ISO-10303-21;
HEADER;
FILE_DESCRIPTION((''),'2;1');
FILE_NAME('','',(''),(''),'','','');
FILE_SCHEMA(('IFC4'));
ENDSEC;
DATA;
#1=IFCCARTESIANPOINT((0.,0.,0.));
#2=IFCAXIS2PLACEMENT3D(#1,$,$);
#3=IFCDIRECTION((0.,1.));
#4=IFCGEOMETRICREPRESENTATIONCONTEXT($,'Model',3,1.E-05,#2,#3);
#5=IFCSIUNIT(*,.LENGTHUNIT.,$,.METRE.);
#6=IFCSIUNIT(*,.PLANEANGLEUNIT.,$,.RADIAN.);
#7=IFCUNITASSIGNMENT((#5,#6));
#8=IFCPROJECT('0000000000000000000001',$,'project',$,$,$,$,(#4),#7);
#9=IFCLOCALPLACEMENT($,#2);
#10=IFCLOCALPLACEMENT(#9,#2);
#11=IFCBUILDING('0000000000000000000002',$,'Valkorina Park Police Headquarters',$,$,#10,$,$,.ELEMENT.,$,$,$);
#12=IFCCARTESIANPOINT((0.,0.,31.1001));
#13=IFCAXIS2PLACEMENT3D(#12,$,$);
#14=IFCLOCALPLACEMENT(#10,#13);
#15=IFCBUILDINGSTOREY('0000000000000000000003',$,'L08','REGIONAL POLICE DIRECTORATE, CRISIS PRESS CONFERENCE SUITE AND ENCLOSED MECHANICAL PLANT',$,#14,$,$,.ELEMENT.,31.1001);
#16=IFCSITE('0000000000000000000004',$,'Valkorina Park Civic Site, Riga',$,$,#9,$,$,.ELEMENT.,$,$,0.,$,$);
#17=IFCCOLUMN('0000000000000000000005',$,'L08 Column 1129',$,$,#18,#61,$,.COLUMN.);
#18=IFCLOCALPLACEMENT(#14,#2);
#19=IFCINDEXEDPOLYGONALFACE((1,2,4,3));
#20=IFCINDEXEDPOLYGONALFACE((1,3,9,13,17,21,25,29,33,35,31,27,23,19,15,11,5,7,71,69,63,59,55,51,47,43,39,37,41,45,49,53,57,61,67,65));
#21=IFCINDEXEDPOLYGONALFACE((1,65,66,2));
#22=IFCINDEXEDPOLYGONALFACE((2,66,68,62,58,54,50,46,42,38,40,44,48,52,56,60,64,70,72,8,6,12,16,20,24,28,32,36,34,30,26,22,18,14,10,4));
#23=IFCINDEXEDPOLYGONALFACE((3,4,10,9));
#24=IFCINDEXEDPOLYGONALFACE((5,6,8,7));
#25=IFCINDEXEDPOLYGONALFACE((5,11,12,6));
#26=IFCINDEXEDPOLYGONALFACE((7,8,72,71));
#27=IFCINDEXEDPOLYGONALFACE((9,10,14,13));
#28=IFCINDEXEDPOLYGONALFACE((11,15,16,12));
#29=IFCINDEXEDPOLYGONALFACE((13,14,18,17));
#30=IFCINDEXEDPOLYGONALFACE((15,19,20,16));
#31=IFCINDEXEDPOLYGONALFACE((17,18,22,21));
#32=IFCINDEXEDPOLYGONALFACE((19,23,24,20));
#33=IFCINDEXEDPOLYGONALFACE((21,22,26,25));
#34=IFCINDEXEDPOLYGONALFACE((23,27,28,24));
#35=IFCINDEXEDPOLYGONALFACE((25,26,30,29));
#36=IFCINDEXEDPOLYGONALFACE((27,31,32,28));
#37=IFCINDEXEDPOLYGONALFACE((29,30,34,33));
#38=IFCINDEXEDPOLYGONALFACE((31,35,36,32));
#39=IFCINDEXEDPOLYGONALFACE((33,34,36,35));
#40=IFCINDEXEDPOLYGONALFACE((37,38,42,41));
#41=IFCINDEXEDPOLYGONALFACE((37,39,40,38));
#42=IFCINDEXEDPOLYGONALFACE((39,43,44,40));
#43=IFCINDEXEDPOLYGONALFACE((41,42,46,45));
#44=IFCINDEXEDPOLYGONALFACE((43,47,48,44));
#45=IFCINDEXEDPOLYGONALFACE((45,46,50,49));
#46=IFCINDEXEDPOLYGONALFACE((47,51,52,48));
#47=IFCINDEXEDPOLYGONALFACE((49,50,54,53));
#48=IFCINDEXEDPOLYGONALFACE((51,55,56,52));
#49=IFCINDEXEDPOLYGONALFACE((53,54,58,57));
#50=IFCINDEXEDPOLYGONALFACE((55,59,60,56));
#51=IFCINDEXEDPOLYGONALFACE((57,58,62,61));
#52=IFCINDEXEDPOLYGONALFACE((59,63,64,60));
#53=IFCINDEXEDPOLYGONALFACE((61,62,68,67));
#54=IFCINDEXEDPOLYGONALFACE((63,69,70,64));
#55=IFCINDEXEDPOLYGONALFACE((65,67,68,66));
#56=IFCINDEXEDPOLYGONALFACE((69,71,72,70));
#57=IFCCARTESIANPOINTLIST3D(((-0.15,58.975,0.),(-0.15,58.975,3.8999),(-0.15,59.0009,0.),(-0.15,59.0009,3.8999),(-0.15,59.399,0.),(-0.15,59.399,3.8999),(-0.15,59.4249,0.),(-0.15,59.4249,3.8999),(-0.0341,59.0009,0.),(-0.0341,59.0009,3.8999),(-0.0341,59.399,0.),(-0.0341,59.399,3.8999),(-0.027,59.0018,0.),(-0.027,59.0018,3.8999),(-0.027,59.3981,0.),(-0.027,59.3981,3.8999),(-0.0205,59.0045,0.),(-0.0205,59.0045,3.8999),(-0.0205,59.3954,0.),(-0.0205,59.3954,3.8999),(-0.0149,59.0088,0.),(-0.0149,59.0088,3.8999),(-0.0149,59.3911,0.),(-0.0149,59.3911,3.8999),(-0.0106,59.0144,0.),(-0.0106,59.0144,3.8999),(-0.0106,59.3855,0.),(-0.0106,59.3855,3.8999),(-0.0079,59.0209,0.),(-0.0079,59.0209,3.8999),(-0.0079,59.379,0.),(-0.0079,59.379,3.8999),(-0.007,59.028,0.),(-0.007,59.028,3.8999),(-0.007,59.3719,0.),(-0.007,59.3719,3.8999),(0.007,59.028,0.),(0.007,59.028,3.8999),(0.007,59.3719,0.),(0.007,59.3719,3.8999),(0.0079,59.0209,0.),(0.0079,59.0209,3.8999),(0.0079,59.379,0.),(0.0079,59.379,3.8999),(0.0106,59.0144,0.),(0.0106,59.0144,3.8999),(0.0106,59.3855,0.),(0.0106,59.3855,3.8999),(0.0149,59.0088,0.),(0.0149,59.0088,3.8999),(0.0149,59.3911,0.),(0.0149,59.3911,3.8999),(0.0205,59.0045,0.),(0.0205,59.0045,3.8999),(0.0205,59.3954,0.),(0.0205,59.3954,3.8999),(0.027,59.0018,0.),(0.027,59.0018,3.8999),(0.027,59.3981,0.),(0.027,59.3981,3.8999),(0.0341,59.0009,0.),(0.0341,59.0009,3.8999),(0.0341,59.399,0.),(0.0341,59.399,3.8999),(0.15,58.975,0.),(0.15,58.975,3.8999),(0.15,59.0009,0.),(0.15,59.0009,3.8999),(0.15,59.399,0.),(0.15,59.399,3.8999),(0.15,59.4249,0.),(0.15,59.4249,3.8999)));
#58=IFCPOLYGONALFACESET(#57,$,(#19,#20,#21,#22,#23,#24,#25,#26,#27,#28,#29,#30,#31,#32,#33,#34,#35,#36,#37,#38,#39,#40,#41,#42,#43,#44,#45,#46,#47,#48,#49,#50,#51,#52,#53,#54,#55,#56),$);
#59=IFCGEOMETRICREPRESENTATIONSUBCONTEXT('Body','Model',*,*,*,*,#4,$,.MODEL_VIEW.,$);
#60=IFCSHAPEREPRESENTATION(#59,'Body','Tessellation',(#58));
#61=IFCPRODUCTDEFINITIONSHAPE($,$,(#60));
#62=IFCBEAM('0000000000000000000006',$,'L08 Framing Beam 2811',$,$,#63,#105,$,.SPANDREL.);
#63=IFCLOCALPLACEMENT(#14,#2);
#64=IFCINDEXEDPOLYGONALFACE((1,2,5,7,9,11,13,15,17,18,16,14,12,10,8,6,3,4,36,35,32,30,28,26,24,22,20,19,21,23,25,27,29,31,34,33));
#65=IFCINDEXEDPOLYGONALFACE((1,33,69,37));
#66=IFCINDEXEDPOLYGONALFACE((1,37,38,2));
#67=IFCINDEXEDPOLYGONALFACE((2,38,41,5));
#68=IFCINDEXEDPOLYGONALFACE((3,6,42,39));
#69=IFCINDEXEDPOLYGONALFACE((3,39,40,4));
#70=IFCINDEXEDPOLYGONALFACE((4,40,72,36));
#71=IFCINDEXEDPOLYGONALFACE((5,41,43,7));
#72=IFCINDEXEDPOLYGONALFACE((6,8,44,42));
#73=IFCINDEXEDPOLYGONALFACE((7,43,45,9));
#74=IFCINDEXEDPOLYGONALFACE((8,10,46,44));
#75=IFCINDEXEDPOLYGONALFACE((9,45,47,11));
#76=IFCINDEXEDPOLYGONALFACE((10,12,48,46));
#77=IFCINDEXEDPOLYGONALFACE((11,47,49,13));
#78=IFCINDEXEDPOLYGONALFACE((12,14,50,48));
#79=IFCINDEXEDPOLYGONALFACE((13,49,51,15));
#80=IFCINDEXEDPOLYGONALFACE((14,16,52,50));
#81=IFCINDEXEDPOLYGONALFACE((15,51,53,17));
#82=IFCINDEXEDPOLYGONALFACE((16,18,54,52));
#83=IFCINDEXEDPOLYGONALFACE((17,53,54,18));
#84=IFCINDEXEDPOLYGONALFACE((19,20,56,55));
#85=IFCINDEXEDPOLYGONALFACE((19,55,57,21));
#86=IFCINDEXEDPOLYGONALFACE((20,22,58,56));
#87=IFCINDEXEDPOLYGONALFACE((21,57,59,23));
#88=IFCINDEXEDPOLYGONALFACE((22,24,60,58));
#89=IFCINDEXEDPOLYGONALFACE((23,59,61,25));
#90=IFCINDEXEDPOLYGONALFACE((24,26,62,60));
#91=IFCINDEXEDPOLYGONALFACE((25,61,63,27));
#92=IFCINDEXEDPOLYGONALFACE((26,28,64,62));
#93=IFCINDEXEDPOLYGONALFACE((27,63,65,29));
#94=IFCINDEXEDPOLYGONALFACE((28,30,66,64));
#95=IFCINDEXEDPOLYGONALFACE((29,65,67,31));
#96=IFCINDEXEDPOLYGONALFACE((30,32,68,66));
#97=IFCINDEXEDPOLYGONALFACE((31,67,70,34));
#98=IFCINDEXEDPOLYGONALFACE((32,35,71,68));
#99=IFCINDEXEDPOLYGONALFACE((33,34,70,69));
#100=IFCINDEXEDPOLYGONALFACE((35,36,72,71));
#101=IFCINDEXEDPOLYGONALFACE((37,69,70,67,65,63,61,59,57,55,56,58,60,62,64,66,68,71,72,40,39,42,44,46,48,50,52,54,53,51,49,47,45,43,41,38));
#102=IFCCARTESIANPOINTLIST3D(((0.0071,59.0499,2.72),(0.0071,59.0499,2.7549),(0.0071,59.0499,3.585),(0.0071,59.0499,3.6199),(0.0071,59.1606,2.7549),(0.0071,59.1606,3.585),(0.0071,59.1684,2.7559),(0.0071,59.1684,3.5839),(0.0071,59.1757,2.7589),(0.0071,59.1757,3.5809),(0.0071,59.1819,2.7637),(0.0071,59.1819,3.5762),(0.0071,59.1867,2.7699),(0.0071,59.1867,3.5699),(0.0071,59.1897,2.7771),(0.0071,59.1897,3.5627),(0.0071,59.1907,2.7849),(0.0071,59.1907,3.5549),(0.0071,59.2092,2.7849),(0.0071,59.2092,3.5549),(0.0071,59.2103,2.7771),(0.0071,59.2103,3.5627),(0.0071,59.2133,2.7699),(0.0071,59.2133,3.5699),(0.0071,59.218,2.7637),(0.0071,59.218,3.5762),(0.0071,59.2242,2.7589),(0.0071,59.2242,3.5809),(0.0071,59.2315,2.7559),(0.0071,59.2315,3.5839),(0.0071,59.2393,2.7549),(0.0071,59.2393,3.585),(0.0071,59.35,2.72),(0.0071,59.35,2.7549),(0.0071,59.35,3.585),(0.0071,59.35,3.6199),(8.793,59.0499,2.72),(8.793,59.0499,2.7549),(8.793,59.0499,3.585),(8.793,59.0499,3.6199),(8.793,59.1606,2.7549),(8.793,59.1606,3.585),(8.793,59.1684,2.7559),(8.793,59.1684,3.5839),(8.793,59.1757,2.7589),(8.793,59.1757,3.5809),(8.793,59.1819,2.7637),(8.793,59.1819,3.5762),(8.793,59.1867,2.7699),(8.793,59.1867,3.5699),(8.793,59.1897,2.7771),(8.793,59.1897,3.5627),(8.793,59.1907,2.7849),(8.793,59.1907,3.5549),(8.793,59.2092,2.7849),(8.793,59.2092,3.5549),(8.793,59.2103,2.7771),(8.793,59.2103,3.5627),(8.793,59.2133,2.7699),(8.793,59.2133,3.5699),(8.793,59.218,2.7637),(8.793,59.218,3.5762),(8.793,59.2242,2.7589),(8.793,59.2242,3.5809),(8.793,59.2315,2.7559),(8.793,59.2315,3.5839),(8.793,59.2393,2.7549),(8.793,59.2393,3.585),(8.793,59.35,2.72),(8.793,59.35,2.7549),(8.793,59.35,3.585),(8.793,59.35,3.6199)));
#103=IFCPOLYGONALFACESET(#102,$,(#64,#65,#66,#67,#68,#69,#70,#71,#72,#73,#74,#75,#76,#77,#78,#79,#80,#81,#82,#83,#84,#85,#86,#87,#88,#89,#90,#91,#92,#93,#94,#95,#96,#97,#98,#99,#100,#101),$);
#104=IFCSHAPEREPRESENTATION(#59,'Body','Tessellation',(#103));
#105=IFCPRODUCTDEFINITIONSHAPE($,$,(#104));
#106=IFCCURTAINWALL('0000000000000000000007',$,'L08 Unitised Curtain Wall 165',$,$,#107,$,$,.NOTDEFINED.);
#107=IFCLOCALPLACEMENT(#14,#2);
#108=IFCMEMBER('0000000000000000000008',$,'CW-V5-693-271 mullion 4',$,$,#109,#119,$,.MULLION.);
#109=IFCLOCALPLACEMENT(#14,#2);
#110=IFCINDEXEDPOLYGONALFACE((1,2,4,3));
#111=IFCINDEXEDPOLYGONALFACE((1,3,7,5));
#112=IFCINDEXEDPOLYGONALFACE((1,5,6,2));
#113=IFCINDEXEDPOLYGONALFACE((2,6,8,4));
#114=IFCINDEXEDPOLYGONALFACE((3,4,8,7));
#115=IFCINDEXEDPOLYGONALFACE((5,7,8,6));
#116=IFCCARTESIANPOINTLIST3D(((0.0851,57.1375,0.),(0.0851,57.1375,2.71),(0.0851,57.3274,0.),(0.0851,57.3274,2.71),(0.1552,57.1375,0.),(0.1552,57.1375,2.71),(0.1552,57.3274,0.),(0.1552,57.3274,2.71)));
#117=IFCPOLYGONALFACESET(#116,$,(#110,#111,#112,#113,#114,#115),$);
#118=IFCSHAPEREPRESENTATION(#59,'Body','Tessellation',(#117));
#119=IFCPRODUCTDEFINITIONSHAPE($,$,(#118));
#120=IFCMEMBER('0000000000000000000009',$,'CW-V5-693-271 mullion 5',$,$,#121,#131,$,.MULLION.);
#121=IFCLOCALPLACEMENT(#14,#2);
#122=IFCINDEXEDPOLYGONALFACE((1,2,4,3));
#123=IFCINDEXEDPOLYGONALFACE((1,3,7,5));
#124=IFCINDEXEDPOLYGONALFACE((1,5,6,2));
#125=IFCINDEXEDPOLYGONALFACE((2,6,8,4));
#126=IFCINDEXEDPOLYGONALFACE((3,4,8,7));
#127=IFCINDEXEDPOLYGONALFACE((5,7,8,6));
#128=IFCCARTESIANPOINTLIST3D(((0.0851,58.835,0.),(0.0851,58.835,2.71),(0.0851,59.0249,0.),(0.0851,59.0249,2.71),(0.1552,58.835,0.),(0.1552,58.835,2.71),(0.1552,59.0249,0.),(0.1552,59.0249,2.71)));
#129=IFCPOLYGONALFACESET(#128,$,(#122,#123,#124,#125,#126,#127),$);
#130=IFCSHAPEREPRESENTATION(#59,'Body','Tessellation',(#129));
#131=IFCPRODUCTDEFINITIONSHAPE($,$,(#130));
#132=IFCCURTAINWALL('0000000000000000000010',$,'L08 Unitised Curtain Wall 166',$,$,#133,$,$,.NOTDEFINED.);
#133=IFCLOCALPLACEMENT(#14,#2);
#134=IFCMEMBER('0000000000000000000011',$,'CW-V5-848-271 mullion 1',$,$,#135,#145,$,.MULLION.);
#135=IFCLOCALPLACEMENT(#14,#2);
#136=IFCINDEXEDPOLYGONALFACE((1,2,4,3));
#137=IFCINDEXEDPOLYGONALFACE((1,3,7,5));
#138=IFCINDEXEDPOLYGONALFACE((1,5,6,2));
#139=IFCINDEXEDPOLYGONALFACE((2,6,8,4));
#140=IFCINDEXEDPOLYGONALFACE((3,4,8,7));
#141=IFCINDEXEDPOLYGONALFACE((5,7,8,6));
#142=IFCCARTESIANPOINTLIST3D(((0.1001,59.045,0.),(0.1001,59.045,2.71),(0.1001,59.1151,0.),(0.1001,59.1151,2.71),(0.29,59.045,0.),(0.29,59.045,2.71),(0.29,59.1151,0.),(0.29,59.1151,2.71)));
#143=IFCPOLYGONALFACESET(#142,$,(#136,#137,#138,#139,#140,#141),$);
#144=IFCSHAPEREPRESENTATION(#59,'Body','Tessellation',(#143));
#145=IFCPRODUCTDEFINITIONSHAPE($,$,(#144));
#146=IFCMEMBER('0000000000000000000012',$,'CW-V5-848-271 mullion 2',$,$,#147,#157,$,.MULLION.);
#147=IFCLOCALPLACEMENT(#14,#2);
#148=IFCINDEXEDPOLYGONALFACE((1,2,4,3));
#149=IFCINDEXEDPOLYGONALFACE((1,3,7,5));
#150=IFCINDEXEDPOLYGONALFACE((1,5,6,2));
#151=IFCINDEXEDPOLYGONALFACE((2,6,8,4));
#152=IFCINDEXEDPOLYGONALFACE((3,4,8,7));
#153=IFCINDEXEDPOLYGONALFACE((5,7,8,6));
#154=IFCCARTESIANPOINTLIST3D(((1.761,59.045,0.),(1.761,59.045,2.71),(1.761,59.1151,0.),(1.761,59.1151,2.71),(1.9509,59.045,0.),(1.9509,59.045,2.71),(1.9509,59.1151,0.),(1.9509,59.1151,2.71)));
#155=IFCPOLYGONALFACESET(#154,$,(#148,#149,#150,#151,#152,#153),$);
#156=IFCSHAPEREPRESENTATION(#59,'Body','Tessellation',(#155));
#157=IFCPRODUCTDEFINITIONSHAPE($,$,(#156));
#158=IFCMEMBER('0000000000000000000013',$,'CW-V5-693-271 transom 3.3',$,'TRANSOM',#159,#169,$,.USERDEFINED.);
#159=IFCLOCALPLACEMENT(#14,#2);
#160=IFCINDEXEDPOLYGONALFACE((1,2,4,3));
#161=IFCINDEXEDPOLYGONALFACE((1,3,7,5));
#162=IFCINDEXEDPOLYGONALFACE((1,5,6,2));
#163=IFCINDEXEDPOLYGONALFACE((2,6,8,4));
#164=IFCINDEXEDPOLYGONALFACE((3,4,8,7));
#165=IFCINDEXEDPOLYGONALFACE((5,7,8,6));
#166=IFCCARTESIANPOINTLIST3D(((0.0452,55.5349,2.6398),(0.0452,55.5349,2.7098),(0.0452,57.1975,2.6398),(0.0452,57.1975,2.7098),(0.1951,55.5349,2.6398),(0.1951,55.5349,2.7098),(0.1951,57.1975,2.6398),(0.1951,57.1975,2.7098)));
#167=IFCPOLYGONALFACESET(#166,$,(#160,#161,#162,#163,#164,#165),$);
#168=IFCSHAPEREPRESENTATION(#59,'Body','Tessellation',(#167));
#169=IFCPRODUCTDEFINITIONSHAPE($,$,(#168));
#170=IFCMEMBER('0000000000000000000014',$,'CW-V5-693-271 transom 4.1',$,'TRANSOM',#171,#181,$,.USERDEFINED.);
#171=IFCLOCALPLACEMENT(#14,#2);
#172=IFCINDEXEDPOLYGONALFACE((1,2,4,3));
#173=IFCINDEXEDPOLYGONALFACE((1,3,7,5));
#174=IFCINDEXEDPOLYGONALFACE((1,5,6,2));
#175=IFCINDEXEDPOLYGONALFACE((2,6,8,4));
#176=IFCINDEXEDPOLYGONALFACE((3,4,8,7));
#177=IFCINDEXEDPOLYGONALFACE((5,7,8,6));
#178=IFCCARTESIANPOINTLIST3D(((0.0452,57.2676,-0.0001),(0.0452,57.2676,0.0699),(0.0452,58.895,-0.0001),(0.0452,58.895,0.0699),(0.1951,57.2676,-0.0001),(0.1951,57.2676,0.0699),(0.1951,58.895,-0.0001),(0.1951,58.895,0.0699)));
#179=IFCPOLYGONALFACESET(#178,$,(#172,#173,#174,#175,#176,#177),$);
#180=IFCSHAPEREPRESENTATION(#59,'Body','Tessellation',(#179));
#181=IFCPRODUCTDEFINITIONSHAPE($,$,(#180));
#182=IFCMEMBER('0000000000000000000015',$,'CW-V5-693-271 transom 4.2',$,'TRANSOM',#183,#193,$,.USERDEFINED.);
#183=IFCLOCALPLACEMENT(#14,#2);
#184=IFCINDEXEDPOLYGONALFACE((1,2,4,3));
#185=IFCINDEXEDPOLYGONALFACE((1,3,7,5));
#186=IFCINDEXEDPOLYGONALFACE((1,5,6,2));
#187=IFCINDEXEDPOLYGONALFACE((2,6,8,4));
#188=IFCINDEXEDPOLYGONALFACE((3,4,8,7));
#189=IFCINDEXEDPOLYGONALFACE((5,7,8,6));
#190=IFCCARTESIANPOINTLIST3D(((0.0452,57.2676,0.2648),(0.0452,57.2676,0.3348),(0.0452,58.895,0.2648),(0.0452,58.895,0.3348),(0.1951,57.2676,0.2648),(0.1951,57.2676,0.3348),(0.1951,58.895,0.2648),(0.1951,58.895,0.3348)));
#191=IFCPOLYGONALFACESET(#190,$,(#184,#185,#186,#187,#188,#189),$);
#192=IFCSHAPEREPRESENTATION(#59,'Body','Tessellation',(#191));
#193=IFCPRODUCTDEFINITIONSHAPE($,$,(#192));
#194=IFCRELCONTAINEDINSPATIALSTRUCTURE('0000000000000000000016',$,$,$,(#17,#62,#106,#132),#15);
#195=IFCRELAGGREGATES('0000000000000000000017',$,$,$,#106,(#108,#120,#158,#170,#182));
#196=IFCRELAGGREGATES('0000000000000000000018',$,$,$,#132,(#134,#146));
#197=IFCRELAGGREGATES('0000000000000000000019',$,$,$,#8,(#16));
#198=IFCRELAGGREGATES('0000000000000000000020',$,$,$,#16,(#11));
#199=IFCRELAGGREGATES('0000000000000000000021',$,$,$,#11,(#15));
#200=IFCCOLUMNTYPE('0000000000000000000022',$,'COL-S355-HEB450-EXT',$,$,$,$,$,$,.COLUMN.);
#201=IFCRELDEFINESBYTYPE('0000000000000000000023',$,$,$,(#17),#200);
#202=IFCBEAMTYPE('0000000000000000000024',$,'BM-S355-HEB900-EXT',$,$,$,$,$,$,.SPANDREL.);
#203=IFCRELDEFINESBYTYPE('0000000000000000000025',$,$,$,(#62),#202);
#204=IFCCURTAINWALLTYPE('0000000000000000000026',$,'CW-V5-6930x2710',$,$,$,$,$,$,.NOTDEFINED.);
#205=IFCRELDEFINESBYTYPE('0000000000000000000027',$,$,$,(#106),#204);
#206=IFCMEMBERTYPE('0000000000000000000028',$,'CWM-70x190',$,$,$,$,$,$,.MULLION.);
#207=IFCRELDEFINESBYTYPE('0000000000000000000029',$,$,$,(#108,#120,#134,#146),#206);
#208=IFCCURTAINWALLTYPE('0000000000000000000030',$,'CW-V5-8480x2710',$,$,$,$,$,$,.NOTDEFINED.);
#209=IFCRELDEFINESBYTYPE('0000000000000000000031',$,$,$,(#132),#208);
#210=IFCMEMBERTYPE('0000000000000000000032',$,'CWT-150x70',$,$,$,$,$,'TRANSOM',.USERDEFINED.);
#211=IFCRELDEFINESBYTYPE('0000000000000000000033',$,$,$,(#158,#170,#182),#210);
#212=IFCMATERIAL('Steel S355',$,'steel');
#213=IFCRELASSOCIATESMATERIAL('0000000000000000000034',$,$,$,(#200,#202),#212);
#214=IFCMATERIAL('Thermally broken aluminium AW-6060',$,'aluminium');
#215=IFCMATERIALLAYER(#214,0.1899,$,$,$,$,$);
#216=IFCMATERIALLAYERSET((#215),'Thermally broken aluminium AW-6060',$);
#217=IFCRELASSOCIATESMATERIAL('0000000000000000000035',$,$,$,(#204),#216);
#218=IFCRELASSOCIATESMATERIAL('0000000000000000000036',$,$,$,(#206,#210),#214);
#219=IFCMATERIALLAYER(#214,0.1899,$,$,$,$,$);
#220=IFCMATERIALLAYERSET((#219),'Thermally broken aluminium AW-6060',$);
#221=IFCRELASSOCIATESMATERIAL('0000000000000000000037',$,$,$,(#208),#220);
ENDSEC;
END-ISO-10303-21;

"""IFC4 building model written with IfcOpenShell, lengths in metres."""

from ifc_helpers import new_model, si_unit, direction, frame, origin, origin_2d, place, context, subcontext, project, spatial, rectangle, i_section, extrude, material, layer, layer_set, material_profile, profile_set, type_object, element, aggregate, save


model = new_model("IFC4")

# Units and contexts
model_context = context("Model", 3, precision=1e-05, world=origin(), true_north=direction((0.0, 1.0)))
body_context = subcontext(model_context, "Body", "Model", "MODEL_VIEW")
ifc_project = project(units=[si_unit("LENGTHUNIT", "METRE"), si_unit("PLANEANGLEUNIT", "RADIAN")], contexts=[model_context])

# Site, building, storey
site_placement = place(None, origin())
site = spatial("IfcSite", under=ifc_project, at=site_placement, Name="Valkorina Park Civic Site, Riga", CompositionType="ELEMENT", RefElevation=0.0)
building_placement = place(site_placement, origin())
building = spatial("IfcBuilding", under=site, at=building_placement, Name="Valkorina Park Police Headquarters", CompositionType="ELEMENT")
storey_placement = place(building_placement, frame((0.0, 0.0, 31.1001)))
storey = spatial("IfcBuildingStorey", under=building, at=storey_placement, Name="L08", Description="REGIONAL POLICE DIRECTORATE, CRISIS PRESS CONFERENCE SUITE AND ENCLOSED MECHANICAL PLANT", CompositionType="ELEMENT", Elevation=31.1001)

# Column
ifc_material_1 = material(Name="Steel S355", Category="steel")
ifc_material_profile_1 = material_profile(ifc_material_1, i_section(OverallWidth=0.3, OverallDepth=0.45, WebThickness=0.0139, FlangeThickness=0.0259, FilletRadius=0.0271, at=origin_2d()), Name="HEB 450")
ifc_profile_set_1 = profile_set([ifc_material_profile_1], Name="Steel S355")
column_type = type_object("IfcColumnType", Name="COL-S355-HEB450-EXT", PredefinedType="COLUMN", material=ifc_profile_set_1)
column_placement = place(storey_placement, frame((0.0, 59.2, 0.0), z_axis=(0.0, 0.0, 1.0), x_axis=(1.0, 0.0, 0.0)))
element("IfcColumn", 1, at=column_placement, inside=storey, type_object=column_type, Name="L08 Column 1129", PredefinedType="COLUMN", context=body_context, shape_type="SweptSolid", body=[
    extrude(i_section(OverallWidth=0.3, OverallDepth=0.45, WebThickness=0.0139, FlangeThickness=0.0259, FilletRadius=0.0271, at=origin_2d()), origin(), (0.0, 0.0, 1.0), 3.8999),
])

# Beam
ifc_material_profile_2 = material_profile(ifc_material_1, i_section(OverallWidth=0.3, OverallDepth=0.8999, WebThickness=0.0186, FlangeThickness=0.0349, FilletRadius=0.03, at=origin_2d()), Name="HEB 900")
ifc_profile_set_2 = profile_set([ifc_material_profile_2], Name="Steel S355")
beam_type = type_object("IfcBeamType", Name="BM-S355-HEB900-EXT", PredefinedType="SPANDREL", material=ifc_profile_set_2)
beam_placement = place(storey_placement, frame((0.0071, 59.2, 3.1699), z_axis=(1.0, 0.0, 0.0), x_axis=(0.0, 1.0, 0.0)))
element("IfcBeam", 2, at=beam_placement, inside=storey, type_object=beam_type, Name="L08 Framing Beam 2811", PredefinedType="SPANDREL", context=body_context, shape_type="SweptSolid", body=[
    extrude(i_section(OverallWidth=0.3, OverallDepth=0.8999, WebThickness=0.0186, FlangeThickness=0.0349, FilletRadius=0.03, at=origin_2d()), origin(), (0.0, 0.0, 1.0), 8.7859),
])

# Curtain walls, members
ifc_material_2 = material(Name="Thermally broken aluminium AW-6060", Category="aluminium")
ifc_layer_1 = layer(ifc_material_2, 0.1899)
ifc_layer_set_1 = layer_set([ifc_layer_1], Name="Thermally broken aluminium AW-6060")
curtain_wall_type_1 = type_object("IfcCurtainWallType", Name="CW-V5-6930x2710", PredefinedType="NOTDEFINED", material=ifc_layer_set_1)
curtain_wall_1_placement = place(storey_placement, origin())
curtain_wall_1 = element("IfcCurtainWall", 3, at=curtain_wall_1_placement, inside=storey, type_object=curtain_wall_type_1, Name="L08 Unitised Curtain Wall 165", PredefinedType="NOTDEFINED")
ifc_material_profile_3 = material_profile(ifc_material_2, rectangle(XDim=0.0701, YDim=0.1899, at=origin_2d()), Name="CWM-02 70x190")
ifc_profile_set_3 = profile_set([ifc_material_profile_3], Name="Thermally broken aluminium AW-6060")
member_type_1 = type_object("IfcMemberType", Name="CWM-70x190", PredefinedType="MULLION", material=ifc_profile_set_3)
member_1_placement = place(storey_placement, frame((0.1201, 57.2324, 0.0), z_axis=(0.0, 0.0, 1.0), x_axis=(-1.0, 0.0, 0.0)))
member_1 = element("IfcMember", 4, at=member_1_placement, type_object=member_type_1, Name="CW-V5-693-271 mullion 4", PredefinedType="MULLION", context=body_context, shape_type="SweptSolid", body=[
    extrude(rectangle(XDim=0.0701, YDim=0.1899, at=origin_2d()), origin(), (0.0, 0.0, 1.0), 2.71),
])
member_2_placement = place(storey_placement, frame((0.1201, 58.9299, 0.0), z_axis=(0.0, 0.0, 1.0), x_axis=(-1.0, 0.0, 0.0)))
member_2 = element("IfcMember", 5, at=member_2_placement, type_object=member_type_1, Name="CW-V5-693-271 mullion 5", PredefinedType="MULLION", context=body_context, shape_type="SweptSolid", body=[
    extrude(rectangle(XDim=0.0701, YDim=0.1899, at=origin_2d()), origin(), (0.0, 0.0, 1.0), 2.71),
])
ifc_layer_2 = layer(ifc_material_2, 0.1899)
ifc_layer_set_2 = layer_set([ifc_layer_2], Name="Thermally broken aluminium AW-6060")
curtain_wall_type_2 = type_object("IfcCurtainWallType", Name="CW-V5-8480x2710", PredefinedType="NOTDEFINED", material=ifc_layer_set_2)
curtain_wall_2_placement = place(storey_placement, origin())
curtain_wall_2 = element("IfcCurtainWall", 6, at=curtain_wall_2_placement, inside=storey, type_object=curtain_wall_type_2, Name="L08 Unitised Curtain Wall 166", PredefinedType="NOTDEFINED")
member_3_placement = place(storey_placement, frame((0.1951, 59.0801, 0.0), z_axis=(0.0, 0.0, 1.0), x_axis=(0.0, 1.0, 0.0)))
member_3 = element("IfcMember", 7, at=member_3_placement, type_object=member_type_1, Name="CW-V5-848-271 mullion 1", PredefinedType="MULLION", context=body_context, shape_type="SweptSolid", body=[
    extrude(rectangle(XDim=0.0701, YDim=0.1899, at=origin_2d()), origin(), (0.0, 0.0, 1.0), 2.71),
])
member_4_placement = place(storey_placement, frame((1.856, 59.0801, 0.0), z_axis=(0.0, 0.0, 1.0), x_axis=(0.0, 1.0, 0.0)))
member_4 = element("IfcMember", 8, at=member_4_placement, type_object=member_type_1, Name="CW-V5-848-271 mullion 2", PredefinedType="MULLION", context=body_context, shape_type="SweptSolid", body=[
    extrude(rectangle(XDim=0.0701, YDim=0.1899, at=origin_2d()), origin(), (0.0, 0.0, 1.0), 2.71),
])

# Members
ifc_material_profile_4 = material_profile(ifc_material_2, rectangle(XDim=0.1499, YDim=0.0701, at=origin_2d()), Name="CWT-02 150x70")
ifc_profile_set_4 = profile_set([ifc_material_profile_4], Name="Thermally broken aluminium AW-6060")
member_type_2 = type_object("IfcMemberType", Name="CWT-150x70", ElementType="TRANSOM", PredefinedType="USERDEFINED", material=ifc_profile_set_4)
member_5_placement = place(storey_placement, frame((0.1201, 55.5349, 2.6748), z_axis=(0.0, 1.0, 0.0), x_axis=(-1.0, 0.0, 0.0)))
member_5 = element("IfcMember", 9, at=member_5_placement, type_object=member_type_2, Name="CW-V5-693-271 transom 3.3", ObjectType="TRANSOM", PredefinedType="USERDEFINED", context=body_context, shape_type="SweptSolid", body=[
    extrude(rectangle(XDim=0.1499, YDim=0.0701, at=origin_2d()), origin(), (0.0, 0.0, 1.0), 1.6626),
])
member_6_placement = place(storey_placement, frame((0.1201, 57.2676, 0.0349), z_axis=(0.0, 1.0, 0.0), x_axis=(-1.0, 0.0, 0.0)))
member_6 = element("IfcMember", 10, at=member_6_placement, type_object=member_type_2, Name="CW-V5-693-271 transom 4.1", ObjectType="TRANSOM", PredefinedType="USERDEFINED", context=body_context, shape_type="SweptSolid", body=[
    extrude(rectangle(XDim=0.1499, YDim=0.0701, at=origin_2d()), origin(), (0.0, 0.0, 1.0), 1.6274),
])
member_7_placement = place(storey_placement, frame((0.1201, 57.2676, 0.2998), z_axis=(0.0, 1.0, 0.0), x_axis=(-1.0, 0.0, 0.0)))
member_7 = element("IfcMember", 11, at=member_7_placement, type_object=member_type_2, Name="CW-V5-693-271 transom 4.2", ObjectType="TRANSOM", PredefinedType="USERDEFINED", context=body_context, shape_type="SweptSolid", body=[
    extrude(rectangle(XDim=0.1499, YDim=0.0701, at=origin_2d()), origin(), (0.0, 0.0, 1.0), 1.6274),
])

aggregate(curtain_wall_1, [member_1, member_2, member_5, member_6, member_7])
aggregate(curtain_wall_2, [member_3, member_4])

save(model, "model.ifc")
